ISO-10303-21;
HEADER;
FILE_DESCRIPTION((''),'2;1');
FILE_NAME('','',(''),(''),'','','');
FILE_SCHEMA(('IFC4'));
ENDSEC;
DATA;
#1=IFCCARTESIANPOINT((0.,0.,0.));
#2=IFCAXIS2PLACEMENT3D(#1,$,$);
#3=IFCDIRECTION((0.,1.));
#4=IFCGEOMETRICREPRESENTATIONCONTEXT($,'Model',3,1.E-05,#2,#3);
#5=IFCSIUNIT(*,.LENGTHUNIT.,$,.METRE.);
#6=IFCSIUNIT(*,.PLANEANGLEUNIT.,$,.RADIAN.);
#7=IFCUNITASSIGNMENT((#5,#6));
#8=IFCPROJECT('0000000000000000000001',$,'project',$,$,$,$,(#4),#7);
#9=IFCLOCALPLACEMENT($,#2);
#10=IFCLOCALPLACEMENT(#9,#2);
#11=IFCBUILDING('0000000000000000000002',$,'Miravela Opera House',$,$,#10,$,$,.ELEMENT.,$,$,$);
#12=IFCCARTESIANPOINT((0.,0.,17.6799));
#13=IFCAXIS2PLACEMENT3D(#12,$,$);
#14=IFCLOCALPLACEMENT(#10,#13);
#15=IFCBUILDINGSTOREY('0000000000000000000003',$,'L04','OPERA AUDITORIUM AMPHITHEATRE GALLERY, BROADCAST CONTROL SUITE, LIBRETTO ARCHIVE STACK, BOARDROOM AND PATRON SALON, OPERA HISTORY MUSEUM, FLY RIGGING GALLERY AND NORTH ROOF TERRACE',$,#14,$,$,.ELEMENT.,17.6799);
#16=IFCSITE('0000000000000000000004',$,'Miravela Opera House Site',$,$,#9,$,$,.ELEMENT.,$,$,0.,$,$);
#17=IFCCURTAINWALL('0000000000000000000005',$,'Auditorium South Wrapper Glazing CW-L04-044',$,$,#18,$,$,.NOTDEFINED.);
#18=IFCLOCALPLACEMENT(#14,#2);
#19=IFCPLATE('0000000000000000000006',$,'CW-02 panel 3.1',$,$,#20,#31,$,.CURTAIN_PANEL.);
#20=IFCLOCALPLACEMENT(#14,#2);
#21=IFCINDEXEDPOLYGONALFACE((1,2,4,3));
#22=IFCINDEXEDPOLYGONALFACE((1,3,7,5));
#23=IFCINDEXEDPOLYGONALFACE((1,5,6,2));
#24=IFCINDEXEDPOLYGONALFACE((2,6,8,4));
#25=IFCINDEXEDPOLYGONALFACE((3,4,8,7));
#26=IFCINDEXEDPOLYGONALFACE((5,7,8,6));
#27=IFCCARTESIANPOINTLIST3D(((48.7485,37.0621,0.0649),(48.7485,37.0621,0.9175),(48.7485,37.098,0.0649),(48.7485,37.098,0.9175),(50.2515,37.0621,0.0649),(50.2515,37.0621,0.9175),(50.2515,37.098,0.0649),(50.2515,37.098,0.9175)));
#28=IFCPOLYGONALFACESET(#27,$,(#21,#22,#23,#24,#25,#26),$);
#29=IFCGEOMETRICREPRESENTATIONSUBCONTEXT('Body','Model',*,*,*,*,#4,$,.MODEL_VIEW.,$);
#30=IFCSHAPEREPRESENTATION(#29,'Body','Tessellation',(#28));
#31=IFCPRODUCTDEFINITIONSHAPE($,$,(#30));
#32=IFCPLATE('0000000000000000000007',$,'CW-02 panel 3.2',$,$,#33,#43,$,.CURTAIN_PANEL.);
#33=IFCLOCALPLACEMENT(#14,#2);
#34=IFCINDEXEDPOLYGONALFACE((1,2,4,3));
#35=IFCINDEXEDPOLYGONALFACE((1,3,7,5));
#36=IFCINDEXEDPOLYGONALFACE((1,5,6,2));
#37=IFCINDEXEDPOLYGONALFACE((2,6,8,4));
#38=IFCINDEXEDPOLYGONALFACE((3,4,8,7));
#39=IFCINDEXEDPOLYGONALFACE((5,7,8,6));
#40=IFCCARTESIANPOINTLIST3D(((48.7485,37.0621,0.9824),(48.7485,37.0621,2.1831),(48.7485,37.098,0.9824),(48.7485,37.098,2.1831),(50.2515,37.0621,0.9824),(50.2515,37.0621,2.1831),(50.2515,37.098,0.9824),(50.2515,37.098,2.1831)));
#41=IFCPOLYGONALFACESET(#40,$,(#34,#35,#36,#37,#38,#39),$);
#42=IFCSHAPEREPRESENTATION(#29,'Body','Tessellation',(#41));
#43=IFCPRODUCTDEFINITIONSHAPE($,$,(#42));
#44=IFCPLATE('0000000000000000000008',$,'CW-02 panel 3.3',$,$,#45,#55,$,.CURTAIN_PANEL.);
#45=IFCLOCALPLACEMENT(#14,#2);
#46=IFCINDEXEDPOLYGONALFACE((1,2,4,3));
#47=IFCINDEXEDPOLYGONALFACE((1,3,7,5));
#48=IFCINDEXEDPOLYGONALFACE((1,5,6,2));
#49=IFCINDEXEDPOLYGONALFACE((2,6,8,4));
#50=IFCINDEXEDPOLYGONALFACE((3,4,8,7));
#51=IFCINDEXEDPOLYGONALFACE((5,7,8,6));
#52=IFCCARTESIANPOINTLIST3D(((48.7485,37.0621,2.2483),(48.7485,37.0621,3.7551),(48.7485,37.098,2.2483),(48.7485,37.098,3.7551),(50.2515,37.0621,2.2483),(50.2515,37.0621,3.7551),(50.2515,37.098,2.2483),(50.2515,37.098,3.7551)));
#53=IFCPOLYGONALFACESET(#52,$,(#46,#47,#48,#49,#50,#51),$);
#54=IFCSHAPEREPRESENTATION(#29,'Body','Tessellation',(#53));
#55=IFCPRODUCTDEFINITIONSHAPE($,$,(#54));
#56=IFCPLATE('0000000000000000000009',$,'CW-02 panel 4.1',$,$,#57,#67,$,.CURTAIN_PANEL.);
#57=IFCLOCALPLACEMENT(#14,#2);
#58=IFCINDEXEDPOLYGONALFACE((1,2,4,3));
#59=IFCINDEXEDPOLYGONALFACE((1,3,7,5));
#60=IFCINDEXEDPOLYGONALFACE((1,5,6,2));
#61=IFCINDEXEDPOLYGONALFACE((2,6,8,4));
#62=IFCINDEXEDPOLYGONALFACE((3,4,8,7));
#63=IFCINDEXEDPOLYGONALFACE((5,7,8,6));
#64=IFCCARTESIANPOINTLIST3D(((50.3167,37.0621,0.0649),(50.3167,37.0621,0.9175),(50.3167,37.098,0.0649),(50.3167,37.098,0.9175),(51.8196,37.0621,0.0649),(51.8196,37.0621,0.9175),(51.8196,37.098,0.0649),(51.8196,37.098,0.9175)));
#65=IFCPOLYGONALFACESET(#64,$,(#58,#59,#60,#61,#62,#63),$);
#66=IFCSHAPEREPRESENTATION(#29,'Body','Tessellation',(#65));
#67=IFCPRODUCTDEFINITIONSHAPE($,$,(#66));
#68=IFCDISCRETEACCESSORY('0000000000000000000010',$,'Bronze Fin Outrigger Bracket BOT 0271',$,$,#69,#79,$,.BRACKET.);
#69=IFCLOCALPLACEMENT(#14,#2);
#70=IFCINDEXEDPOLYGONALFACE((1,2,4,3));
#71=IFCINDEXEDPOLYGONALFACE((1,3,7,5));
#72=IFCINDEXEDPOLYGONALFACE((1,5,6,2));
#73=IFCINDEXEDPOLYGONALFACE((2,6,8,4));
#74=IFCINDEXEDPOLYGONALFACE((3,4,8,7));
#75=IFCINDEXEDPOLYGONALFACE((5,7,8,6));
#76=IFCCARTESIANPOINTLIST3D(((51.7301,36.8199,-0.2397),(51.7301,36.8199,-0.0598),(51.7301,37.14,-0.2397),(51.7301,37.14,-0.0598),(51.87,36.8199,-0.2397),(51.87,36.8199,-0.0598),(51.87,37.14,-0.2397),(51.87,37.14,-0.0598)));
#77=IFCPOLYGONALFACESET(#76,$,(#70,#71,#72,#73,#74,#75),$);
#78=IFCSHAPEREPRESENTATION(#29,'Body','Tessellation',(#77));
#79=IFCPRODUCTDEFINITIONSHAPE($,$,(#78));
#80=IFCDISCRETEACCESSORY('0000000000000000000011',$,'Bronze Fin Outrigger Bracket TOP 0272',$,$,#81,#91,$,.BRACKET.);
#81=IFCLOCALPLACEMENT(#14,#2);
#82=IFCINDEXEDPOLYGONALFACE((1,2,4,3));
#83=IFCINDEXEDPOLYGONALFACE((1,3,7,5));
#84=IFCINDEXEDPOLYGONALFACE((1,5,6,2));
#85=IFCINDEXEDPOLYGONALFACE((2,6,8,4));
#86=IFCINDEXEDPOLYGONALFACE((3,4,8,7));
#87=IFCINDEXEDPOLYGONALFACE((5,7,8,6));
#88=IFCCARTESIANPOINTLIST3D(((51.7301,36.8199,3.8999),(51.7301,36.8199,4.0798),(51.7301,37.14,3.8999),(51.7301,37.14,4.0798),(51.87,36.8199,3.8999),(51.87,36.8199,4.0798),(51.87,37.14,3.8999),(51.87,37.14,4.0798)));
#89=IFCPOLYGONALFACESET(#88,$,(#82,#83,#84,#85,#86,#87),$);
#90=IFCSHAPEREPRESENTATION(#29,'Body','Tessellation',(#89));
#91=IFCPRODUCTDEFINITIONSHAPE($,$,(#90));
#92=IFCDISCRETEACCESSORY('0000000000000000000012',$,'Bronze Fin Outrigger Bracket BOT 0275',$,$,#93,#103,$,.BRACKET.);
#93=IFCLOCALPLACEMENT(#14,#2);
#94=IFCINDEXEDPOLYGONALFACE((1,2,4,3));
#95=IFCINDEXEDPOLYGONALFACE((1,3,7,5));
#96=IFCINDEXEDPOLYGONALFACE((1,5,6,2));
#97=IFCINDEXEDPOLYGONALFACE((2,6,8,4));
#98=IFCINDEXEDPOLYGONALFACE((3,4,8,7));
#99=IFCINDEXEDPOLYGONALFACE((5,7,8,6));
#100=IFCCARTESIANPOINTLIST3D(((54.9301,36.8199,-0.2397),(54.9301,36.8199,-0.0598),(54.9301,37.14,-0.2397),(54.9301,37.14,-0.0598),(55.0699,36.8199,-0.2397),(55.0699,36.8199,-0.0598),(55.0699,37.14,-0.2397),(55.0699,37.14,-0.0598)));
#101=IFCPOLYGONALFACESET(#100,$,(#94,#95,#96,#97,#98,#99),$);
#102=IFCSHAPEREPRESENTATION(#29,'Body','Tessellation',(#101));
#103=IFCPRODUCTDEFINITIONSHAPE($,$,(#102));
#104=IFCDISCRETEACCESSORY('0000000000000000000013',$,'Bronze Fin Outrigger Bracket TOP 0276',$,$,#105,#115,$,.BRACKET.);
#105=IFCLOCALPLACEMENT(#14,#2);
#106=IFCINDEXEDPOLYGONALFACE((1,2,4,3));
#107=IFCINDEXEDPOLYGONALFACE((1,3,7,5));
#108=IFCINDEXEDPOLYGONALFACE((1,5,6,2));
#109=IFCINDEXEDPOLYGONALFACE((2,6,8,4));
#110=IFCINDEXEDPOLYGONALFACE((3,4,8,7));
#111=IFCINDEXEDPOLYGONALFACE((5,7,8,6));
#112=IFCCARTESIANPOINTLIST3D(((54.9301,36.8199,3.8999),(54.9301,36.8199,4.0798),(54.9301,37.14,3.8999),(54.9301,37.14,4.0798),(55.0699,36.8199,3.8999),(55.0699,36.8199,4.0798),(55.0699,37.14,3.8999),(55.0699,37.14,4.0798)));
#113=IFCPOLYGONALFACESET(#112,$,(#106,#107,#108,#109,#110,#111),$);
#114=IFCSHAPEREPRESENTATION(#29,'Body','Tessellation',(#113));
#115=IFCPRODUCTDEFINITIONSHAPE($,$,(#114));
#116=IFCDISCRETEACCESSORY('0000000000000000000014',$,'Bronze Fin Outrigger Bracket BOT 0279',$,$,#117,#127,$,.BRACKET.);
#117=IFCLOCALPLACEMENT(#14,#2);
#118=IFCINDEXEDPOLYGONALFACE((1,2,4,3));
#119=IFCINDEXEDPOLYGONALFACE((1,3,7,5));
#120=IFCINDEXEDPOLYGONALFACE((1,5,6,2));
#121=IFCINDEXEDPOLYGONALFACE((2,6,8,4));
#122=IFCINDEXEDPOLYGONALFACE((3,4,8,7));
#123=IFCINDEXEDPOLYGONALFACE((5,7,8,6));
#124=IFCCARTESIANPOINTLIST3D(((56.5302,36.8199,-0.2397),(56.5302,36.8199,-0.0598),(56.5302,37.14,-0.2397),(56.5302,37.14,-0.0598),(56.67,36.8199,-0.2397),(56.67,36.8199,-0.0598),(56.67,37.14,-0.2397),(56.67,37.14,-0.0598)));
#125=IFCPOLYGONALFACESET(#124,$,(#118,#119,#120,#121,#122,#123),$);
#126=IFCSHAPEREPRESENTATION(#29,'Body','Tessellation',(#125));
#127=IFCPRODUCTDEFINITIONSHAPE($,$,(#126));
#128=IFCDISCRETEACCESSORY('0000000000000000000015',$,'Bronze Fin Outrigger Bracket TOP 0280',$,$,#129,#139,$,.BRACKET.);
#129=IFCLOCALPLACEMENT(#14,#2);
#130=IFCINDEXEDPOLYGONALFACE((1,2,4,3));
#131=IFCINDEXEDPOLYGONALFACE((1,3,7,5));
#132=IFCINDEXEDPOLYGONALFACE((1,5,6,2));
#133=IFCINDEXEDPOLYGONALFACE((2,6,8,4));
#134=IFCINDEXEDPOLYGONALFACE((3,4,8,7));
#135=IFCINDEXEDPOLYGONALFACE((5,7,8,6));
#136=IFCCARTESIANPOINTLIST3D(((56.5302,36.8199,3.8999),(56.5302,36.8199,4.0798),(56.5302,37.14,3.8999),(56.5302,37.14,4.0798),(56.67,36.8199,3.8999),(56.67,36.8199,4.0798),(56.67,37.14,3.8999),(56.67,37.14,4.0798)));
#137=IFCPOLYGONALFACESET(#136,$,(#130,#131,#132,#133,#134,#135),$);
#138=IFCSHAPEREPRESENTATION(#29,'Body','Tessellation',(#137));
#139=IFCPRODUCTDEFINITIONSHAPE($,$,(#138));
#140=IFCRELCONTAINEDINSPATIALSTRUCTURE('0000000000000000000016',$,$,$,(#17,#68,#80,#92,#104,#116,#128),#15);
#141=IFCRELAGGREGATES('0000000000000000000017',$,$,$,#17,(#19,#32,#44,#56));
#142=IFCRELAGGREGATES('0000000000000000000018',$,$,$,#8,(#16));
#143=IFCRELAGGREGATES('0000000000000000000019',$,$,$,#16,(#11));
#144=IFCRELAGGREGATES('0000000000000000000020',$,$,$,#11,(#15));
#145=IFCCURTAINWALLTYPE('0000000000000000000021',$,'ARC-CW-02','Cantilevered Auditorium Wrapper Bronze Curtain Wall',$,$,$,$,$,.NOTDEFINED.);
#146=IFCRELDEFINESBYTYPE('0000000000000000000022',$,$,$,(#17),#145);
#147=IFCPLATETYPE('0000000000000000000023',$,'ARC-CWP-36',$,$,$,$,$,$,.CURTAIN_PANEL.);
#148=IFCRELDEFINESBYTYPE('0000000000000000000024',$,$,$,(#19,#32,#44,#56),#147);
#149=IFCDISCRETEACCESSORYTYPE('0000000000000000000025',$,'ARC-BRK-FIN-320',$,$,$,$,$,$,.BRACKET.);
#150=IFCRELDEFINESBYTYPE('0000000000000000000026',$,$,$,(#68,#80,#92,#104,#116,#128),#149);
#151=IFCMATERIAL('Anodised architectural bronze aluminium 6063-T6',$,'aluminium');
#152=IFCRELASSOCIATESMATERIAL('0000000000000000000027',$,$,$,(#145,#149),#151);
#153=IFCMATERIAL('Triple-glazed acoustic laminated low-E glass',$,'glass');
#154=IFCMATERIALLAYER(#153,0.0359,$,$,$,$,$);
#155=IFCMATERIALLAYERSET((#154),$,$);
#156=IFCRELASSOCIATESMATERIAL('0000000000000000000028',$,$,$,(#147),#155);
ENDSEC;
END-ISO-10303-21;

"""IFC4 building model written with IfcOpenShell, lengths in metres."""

from ifc_helpers import new_model, si_unit, direction, frame, origin, origin_2d, place, context, subcontext, project, spatial, rectangle, extrude, material, layer, layer_set, type_object, element, aggregate, save


model = new_model("IFC4")

# Units and contexts
model_context = context("Model", 3, precision=1e-05, world=origin(), true_north=direction((0.0, 1.0)))
body_context = subcontext(model_context, "Body", "Model", "MODEL_VIEW")
ifc_project = project(units=[si_unit("LENGTHUNIT", "METRE"), si_unit("PLANEANGLEUNIT", "RADIAN")], contexts=[model_context])

# Site, building, storey
site_placement = place(None, origin())
site = spatial("IfcSite", under=ifc_project, at=site_placement, Name="Miravela Opera House Site", CompositionType="ELEMENT", RefElevation=0.0)
building_placement = place(site_placement, origin())
building = spatial("IfcBuilding", under=site, at=building_placement, Name="Miravela Opera House", CompositionType="ELEMENT")
storey_placement = place(building_placement, frame((0.0, 0.0, 17.6799)))
storey = spatial("IfcBuildingStorey", under=building, at=storey_placement, Name="L04", Description="OPERA AUDITORIUM AMPHITHEATRE GALLERY, BROADCAST CONTROL SUITE, LIBRETTO ARCHIVE STACK, BOARDROOM AND PATRON SALON, OPERA HISTORY MUSEUM, FLY RIGGING GALLERY AND NORTH ROOF TERRACE", CompositionType="ELEMENT", Elevation=17.6799)

# Curtain wall
ifc_material_1 = material(Name="Anodised architectural bronze aluminium 6063-T6", Category="aluminium")
curtain_wall_type = type_object("IfcCurtainWallType", Name="ARC-CW-02", Description="Cantilevered Auditorium Wrapper Bronze Curtain Wall", PredefinedType="NOTDEFINED", material=ifc_material_1)
curtain_wall_placement = place(storey_placement, origin())
curtain_wall = element("IfcCurtainWall", 1, at=curtain_wall_placement, inside=storey, type_object=curtain_wall_type, Name="Auditorium South Wrapper Glazing CW-L04-044", PredefinedType="NOTDEFINED")

# Plates
ifc_material_2 = material(Name="Triple-glazed acoustic laminated low-E glass", Category="glass")
ifc_layer = layer(ifc_material_2, 0.0359)
ifc_layer_set = layer_set([ifc_layer])
plate_type = type_object("IfcPlateType", Name="ARC-CWP-36", PredefinedType="CURTAIN_PANEL", material=ifc_layer_set)
plate_1_placement = place(storey_placement, frame((49.5, 37.0801, 0.0649), z_axis=(0.0, 0.0, 1.0), x_axis=(1.0, 0.0, 0.0)))
plate_1 = element("IfcPlate", 2, at=plate_1_placement, type_object=plate_type, Name="CW-02 panel 3.1", PredefinedType="CURTAIN_PANEL", context=body_context, shape_type="SweptSolid", body=[
    extrude(rectangle(XDim=1.5029, YDim=0.0359, at=origin_2d()), origin(), (0.0, 0.0, 1.0), 0.8525),
])
plate_2_placement = place(storey_placement, frame((49.5, 37.0801, 0.9824), z_axis=(0.0, 0.0, 1.0), x_axis=(1.0, 0.0, 0.0)))
plate_2 = element("IfcPlate", 3, at=plate_2_placement, type_object=plate_type, Name="CW-02 panel 3.2", PredefinedType="CURTAIN_PANEL", context=body_context, shape_type="SweptSolid", body=[
    extrude(rectangle(XDim=1.5029, YDim=0.0359, at=origin_2d()), origin(), (0.0, 0.0, 1.0), 1.2007),
])
plate_3_placement = place(storey_placement, frame((49.5, 37.0801, 2.2483), z_axis=(0.0, 0.0, 1.0), x_axis=(1.0, 0.0, 0.0)))
plate_3 = element("IfcPlate", 4, at=plate_3_placement, type_object=plate_type, Name="CW-02 panel 3.3", PredefinedType="CURTAIN_PANEL", context=body_context, shape_type="SweptSolid", body=[
    extrude(rectangle(XDim=1.5029, YDim=0.0359, at=origin_2d()), origin(), (0.0, 0.0, 1.0), 1.5068),
])
plate_4_placement = place(storey_placement, frame((51.0681, 37.0801, 0.0649), z_axis=(0.0, 0.0, 1.0), x_axis=(1.0, 0.0, 0.0)))
plate_4 = element("IfcPlate", 5, at=plate_4_placement, type_object=plate_type, Name="CW-02 panel 4.1", PredefinedType="CURTAIN_PANEL", context=body_context, shape_type="SweptSolid", body=[
    extrude(rectangle(XDim=1.5029, YDim=0.0359, at=origin_2d()), origin(), (0.0, 0.0, 1.0), 0.8525),
])
aggregate(curtain_wall, [plate_1, plate_2, plate_3, plate_4])

# Discrete accessories
discrete_accessory_type = type_object("IfcDiscreteAccessoryType", Name="ARC-BRK-FIN-320", PredefinedType="BRACKET", material=ifc_material_1)
for number, where, z_axis, x_axis, name in (
    (6, (51.8, 36.98, -0.2397), (0.0, 0.0, 1.0), (0.0, 1.0, 0.0), "Bronze Fin Outrigger Bracket BOT 0271"),
    (7, (51.8, 36.98, 3.8999), (0.0, 0.0, 1.0), (0.0, 1.0, 0.0), "Bronze Fin Outrigger Bracket TOP 0272"),
    (8, (55.0, 36.98, -0.2397), (0.0, 0.0, 1.0), (0.0, 1.0, 0.0), "Bronze Fin Outrigger Bracket BOT 0275"),
    (9, (55.0, 36.98, 3.8999), (0.0, 0.0, 1.0), (0.0, 1.0, 0.0), "Bronze Fin Outrigger Bracket TOP 0276"),
    (10, (56.6001, 36.98, -0.2397), (0.0, 0.0, 1.0), (0.0, 1.0, 0.0), "Bronze Fin Outrigger Bracket BOT 0279"),
    (11, (56.6001, 36.98, 3.8999), (0.0, 0.0, 1.0), (0.0, 1.0, 0.0), "Bronze Fin Outrigger Bracket TOP 0280"),
):
    element("IfcDiscreteAccessory", number, at=place(storey_placement, frame(where, z_axis=z_axis, x_axis=x_axis)), inside=storey, type_object=discrete_accessory_type, Name=name, PredefinedType="BRACKET", context=body_context, shape_type="SweptSolid", body=[
        extrude(rectangle(XDim=0.3201, YDim=0.1399, at=origin_2d()), origin(), (0.0, 0.0, 1.0), 0.1799),
    ])

save(model, "model.ifc")
